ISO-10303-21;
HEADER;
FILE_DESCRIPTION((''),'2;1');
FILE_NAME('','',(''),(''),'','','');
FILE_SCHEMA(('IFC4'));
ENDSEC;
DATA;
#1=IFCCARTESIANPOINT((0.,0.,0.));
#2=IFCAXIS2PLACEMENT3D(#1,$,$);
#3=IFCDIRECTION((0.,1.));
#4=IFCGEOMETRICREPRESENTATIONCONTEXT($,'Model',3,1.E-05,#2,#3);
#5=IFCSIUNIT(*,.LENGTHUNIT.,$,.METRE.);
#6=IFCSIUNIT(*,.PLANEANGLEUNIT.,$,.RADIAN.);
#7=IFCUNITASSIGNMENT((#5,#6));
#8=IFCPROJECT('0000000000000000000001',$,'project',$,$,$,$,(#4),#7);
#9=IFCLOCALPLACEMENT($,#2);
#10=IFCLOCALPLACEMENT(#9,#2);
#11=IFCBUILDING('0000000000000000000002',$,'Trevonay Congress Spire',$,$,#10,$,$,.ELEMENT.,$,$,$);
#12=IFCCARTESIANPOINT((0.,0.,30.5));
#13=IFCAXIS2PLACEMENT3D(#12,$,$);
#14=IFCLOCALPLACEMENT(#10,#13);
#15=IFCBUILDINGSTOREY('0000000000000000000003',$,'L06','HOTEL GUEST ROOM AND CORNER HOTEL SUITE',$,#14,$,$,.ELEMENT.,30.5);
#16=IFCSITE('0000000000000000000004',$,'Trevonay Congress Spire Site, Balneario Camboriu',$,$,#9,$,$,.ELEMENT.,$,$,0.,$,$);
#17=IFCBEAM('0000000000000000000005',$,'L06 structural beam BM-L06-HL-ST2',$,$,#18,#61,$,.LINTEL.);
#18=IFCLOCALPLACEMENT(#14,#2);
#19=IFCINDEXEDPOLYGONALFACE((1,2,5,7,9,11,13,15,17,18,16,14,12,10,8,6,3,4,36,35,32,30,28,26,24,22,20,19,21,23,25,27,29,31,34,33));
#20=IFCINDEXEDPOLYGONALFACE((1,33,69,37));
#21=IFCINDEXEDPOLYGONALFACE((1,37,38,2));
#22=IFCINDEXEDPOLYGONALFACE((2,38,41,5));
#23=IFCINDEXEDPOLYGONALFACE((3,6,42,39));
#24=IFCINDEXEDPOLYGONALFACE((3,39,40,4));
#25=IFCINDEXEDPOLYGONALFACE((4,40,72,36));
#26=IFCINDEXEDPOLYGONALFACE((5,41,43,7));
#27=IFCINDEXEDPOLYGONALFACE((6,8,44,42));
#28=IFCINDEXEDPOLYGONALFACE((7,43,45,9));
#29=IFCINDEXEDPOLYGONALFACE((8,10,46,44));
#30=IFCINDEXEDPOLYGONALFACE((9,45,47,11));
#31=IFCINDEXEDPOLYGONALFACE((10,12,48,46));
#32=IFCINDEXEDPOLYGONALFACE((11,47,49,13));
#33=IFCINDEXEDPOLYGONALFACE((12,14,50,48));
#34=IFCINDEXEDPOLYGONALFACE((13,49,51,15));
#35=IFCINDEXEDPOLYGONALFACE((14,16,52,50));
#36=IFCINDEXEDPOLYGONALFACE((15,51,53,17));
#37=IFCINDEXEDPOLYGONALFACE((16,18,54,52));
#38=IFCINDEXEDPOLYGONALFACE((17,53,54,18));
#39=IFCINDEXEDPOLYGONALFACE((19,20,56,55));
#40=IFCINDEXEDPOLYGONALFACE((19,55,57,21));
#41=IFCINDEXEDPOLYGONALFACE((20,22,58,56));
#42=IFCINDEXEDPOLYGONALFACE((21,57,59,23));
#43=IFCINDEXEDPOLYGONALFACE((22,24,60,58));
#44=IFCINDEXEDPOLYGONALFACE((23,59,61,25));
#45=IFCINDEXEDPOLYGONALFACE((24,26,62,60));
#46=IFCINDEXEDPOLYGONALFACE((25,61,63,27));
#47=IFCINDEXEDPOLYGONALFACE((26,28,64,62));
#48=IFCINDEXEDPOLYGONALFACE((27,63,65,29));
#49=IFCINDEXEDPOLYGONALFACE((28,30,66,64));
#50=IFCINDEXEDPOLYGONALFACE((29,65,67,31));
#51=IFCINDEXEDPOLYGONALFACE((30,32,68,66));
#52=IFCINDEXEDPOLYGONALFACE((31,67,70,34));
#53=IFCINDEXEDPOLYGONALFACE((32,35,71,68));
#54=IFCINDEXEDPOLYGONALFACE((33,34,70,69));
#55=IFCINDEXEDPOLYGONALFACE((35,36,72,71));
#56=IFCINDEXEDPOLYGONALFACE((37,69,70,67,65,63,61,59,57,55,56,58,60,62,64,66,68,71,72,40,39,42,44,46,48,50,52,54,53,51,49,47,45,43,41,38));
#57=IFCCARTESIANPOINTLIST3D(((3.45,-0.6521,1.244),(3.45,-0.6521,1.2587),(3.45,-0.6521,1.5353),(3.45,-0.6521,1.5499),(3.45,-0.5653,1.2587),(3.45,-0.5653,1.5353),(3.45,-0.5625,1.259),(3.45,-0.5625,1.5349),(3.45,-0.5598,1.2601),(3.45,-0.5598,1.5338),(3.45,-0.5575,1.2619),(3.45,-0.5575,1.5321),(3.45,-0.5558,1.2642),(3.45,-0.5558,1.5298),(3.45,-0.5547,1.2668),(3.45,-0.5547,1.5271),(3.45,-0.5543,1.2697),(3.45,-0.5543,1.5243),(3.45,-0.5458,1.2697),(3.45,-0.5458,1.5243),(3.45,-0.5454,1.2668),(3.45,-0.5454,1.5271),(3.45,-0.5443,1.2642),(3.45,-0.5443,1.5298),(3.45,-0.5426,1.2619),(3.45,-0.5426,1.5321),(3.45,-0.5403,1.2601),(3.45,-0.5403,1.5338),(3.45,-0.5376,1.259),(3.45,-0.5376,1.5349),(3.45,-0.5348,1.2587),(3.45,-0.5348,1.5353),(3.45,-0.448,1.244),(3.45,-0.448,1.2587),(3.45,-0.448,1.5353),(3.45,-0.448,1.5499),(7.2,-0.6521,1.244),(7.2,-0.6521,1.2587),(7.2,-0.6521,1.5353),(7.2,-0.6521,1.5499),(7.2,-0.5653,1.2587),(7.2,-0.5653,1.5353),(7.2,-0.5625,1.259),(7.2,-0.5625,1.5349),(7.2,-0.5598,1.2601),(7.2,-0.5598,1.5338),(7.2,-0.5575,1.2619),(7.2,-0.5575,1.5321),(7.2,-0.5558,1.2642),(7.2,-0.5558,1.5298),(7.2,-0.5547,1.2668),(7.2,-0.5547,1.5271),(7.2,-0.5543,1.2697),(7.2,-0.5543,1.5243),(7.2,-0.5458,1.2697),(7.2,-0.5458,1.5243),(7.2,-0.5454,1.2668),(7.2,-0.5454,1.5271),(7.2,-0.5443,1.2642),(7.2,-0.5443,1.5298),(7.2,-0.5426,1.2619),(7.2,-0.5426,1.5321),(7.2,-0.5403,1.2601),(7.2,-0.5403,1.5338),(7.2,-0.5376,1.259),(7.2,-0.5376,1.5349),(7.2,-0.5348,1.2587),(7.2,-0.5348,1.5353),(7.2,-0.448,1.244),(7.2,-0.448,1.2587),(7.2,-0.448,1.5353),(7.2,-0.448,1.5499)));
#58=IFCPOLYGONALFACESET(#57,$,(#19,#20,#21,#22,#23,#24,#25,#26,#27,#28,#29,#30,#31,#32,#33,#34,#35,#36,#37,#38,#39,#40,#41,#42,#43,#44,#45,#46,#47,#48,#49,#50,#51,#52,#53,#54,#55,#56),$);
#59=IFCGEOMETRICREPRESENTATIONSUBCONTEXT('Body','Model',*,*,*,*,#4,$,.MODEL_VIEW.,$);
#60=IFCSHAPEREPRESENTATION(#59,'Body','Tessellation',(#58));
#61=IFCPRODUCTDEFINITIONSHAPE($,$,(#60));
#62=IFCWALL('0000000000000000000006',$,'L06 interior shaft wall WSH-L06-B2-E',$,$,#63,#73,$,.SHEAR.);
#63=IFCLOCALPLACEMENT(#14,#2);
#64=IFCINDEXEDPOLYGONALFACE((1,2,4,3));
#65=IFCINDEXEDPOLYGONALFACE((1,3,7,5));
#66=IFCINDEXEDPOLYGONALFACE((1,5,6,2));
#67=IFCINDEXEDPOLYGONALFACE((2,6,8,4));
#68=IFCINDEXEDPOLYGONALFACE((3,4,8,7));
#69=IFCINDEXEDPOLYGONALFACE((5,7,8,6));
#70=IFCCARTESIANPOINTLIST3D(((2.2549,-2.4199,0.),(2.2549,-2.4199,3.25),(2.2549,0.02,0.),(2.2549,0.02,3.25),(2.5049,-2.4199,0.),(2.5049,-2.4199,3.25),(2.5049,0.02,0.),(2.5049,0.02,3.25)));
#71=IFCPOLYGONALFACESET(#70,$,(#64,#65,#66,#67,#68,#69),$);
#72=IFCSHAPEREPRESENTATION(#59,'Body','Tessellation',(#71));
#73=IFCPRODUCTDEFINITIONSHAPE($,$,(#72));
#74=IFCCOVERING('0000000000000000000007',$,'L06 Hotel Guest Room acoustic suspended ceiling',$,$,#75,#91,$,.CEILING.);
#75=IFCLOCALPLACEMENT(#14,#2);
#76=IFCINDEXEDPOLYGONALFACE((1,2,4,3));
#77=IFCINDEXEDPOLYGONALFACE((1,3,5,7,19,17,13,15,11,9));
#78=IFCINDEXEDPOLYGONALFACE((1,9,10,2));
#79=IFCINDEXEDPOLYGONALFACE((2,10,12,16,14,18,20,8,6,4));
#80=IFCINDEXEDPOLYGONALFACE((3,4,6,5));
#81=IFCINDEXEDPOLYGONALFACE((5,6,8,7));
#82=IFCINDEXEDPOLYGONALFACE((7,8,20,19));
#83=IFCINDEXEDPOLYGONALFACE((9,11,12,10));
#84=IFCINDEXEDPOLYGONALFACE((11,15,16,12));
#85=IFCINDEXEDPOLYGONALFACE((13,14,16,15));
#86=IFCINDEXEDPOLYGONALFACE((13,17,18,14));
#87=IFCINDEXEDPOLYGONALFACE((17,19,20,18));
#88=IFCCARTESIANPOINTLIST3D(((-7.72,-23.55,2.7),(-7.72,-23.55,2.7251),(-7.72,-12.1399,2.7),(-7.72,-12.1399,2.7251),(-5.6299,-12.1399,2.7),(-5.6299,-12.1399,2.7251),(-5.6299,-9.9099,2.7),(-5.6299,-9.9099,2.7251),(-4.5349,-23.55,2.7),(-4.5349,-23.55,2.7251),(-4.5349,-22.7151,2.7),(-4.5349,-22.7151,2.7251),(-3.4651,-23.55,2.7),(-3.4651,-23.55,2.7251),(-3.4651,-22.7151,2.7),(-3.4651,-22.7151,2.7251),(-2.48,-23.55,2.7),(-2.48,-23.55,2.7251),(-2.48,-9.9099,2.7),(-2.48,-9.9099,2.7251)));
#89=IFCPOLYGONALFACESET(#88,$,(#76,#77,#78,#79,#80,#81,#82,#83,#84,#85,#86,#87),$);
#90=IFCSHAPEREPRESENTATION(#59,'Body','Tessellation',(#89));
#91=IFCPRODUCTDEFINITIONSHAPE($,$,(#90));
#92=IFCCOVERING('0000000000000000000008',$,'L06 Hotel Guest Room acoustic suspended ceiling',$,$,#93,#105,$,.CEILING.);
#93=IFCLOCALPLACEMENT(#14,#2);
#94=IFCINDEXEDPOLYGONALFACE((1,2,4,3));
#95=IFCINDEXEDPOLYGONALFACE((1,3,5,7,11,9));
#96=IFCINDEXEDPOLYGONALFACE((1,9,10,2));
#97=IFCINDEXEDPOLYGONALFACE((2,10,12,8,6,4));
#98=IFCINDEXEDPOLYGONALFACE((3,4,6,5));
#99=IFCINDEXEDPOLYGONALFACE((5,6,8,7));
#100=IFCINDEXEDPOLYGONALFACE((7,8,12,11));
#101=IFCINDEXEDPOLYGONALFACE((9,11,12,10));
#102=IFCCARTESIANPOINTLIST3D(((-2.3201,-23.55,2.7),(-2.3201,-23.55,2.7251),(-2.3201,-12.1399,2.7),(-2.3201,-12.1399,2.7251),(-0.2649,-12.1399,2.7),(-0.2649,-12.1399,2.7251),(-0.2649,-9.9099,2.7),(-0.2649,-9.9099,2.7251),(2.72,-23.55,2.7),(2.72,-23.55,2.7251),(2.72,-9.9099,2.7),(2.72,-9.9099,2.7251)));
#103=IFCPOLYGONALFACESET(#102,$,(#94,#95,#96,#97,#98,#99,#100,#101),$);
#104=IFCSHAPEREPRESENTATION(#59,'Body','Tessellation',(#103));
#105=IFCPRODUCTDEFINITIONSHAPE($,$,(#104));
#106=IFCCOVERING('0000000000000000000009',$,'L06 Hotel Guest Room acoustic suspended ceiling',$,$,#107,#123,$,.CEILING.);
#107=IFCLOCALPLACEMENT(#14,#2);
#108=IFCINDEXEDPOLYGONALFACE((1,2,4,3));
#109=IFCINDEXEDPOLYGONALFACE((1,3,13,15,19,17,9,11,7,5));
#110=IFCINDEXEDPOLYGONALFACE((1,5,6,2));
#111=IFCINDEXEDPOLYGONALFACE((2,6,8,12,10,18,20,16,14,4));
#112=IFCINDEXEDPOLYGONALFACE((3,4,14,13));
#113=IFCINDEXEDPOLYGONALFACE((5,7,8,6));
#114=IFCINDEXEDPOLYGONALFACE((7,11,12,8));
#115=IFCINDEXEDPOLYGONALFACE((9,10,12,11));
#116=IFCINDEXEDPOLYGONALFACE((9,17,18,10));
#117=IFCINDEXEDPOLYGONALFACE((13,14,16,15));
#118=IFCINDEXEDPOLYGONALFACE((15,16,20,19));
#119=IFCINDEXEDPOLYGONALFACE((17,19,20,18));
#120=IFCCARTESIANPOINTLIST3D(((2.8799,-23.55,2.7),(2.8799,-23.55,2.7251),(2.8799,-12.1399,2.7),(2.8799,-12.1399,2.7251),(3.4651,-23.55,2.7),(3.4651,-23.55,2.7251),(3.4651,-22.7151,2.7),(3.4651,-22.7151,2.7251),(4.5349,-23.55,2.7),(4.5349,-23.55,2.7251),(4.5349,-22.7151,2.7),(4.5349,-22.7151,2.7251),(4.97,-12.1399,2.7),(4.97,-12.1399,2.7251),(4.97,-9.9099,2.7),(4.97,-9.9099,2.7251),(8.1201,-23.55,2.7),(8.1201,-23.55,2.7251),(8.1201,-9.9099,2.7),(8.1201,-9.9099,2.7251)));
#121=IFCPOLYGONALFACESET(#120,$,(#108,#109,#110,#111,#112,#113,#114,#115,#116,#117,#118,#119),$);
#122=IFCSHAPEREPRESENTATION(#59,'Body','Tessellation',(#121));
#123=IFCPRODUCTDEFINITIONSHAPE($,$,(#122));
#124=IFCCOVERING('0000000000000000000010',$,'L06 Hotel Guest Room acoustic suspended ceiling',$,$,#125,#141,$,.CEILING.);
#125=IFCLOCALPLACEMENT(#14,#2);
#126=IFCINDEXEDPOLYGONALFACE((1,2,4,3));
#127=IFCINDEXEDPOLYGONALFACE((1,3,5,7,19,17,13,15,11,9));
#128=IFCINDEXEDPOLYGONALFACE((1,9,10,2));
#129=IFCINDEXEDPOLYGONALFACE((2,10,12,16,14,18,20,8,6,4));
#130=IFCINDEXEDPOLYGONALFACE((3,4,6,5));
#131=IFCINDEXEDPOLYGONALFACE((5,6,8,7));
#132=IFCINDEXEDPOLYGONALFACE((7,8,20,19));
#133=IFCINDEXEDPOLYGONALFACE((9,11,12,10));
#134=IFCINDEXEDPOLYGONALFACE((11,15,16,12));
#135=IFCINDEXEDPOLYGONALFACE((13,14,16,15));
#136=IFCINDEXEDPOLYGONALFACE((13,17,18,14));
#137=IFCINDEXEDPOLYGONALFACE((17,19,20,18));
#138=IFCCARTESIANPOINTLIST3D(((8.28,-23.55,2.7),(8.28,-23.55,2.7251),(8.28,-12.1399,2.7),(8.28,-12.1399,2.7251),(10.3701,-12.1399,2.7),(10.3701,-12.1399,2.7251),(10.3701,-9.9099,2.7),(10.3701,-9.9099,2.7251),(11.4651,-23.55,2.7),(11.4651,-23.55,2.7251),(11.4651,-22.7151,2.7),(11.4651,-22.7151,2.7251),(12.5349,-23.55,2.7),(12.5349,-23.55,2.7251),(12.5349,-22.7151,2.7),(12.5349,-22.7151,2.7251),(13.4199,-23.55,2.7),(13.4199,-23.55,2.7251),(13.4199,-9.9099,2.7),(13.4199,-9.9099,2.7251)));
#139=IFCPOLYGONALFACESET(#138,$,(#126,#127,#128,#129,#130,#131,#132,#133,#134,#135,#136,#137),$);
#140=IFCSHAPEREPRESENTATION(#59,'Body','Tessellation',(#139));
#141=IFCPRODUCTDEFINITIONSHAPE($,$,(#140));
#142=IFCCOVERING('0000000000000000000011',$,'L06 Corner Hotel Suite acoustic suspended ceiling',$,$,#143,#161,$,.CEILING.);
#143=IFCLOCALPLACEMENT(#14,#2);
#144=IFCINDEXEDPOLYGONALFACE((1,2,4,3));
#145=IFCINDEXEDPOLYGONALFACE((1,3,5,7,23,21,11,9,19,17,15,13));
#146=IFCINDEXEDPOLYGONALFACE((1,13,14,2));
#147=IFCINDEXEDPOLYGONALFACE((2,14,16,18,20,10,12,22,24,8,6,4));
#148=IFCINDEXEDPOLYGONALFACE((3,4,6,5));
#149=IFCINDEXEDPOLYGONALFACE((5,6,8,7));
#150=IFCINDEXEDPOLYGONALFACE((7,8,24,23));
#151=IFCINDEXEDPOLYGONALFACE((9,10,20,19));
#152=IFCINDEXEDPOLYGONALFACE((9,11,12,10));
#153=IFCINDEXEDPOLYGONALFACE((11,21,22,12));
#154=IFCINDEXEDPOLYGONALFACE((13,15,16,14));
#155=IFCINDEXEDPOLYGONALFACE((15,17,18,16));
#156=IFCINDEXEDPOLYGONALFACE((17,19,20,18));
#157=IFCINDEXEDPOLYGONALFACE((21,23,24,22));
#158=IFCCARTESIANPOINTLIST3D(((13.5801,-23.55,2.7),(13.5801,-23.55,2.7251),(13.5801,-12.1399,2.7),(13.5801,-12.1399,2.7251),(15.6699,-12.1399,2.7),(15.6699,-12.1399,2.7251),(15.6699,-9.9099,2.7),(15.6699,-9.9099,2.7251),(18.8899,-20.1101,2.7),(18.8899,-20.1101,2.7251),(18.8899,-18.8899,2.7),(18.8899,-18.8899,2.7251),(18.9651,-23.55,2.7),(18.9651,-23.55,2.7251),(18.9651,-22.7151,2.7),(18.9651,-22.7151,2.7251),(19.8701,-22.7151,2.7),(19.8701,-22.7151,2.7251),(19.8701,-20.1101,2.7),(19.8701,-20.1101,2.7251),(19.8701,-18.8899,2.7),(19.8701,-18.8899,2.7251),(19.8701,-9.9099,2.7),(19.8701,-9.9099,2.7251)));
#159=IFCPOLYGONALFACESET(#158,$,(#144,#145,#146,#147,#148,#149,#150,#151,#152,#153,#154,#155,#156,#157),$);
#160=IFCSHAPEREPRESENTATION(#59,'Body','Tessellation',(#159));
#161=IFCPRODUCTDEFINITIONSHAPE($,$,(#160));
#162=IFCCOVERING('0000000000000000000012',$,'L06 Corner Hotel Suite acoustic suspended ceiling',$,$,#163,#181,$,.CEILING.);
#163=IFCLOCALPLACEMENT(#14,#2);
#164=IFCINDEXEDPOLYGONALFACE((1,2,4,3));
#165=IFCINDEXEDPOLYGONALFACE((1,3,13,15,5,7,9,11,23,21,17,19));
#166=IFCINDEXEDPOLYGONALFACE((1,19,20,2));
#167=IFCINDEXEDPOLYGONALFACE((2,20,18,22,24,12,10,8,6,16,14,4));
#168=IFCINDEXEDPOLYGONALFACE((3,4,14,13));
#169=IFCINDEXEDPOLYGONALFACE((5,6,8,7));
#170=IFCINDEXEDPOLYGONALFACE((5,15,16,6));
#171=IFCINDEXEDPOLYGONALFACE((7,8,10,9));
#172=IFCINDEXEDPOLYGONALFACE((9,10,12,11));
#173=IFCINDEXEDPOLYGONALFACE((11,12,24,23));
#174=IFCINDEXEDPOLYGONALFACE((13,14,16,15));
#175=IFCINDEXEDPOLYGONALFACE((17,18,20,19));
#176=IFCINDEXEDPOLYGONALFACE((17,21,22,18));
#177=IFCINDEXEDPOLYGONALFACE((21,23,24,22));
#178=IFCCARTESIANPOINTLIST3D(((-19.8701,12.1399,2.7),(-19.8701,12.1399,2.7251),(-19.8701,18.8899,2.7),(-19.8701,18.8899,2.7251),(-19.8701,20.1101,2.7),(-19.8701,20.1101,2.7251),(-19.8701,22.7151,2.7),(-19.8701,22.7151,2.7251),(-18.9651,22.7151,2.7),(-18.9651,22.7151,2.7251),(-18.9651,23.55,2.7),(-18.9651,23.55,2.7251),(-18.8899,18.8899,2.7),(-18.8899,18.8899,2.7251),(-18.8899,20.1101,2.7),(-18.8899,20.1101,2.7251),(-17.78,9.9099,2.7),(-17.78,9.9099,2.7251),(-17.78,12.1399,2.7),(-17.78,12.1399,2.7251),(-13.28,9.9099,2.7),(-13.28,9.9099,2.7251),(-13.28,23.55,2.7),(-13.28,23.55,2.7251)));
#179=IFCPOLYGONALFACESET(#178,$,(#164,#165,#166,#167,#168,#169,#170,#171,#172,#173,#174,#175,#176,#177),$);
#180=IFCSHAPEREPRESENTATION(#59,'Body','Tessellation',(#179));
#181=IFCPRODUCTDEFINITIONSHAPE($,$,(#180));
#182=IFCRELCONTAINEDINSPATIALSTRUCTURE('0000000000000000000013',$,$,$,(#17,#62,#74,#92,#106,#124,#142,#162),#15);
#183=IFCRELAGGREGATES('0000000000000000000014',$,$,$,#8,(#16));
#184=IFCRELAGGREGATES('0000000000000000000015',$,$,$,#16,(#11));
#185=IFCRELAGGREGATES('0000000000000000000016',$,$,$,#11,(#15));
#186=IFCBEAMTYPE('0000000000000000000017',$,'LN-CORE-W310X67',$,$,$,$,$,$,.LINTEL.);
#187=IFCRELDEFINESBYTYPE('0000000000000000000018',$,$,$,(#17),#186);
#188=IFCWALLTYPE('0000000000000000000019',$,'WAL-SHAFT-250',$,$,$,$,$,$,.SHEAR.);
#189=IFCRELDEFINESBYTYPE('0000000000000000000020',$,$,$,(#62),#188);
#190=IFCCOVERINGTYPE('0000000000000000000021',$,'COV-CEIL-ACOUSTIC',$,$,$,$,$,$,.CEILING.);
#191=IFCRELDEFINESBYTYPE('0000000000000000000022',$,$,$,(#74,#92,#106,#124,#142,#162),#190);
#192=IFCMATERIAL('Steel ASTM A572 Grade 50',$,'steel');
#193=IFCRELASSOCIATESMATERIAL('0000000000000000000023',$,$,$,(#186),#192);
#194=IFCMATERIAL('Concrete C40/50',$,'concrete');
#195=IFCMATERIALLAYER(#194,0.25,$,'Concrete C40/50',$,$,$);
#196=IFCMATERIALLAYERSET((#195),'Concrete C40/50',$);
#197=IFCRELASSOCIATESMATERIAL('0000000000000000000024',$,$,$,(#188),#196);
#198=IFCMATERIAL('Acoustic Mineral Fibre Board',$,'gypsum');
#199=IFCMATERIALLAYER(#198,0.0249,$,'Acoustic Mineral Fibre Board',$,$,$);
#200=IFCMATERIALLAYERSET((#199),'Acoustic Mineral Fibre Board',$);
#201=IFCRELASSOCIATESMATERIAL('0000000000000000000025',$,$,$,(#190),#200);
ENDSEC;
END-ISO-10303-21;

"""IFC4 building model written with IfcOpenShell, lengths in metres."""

from ifc_helpers import new_model, si_unit, direction, frame, frame_2d, origin, origin_2d, place, context, subcontext, project, spatial, polyline, rectangle, i_section, outline, extrude, material, layer, layer_set, material_profile, profile_set, type_object, element, save


model = new_model("IFC4")

# Units and contexts
model_context = context("Model", 3, precision=1e-05, world=origin(), true_north=direction((0.0, 1.0)))
body_context = subcontext(model_context, "Body", "Model", "MODEL_VIEW")
ifc_project = project(units=[si_unit("LENGTHUNIT", "METRE"), si_unit("PLANEANGLEUNIT", "RADIAN")], contexts=[model_context])

# Site, building, storey
site_placement = place(None, origin())
site = spatial("IfcSite", under=ifc_project, at=site_placement, Name="Trevonay Congress Spire Site, Balneario Camboriu", CompositionType="ELEMENT", RefElevation=0.0)
building_placement = place(site_placement, origin())
building = spatial("IfcBuilding", under=site, at=building_placement, Name="Trevonay Congress Spire", CompositionType="ELEMENT")
storey_placement = place(building_placement, frame((0.0, 0.0, 30.5)))
storey = spatial("IfcBuildingStorey", under=building, at=storey_placement, Name="L06", Description="HOTEL GUEST ROOM AND CORNER HOTEL SUITE", CompositionType="ELEMENT", Elevation=30.5)

# Beam
ifc_material_1 = material(Name="Steel ASTM A572 Grade 50", Category="steel")
ifc_material_profile = material_profile(ifc_material_1, i_section(OverallWidth=0.2041, OverallDepth=0.3059, WebThickness=0.0085, FlangeThickness=0.0146, FilletRadius=0.011, at=origin_2d()), Name="W310x67")
ifc_profile_set = profile_set([ifc_material_profile], Name="Steel ASTM A572 Grade 50")
beam_type = type_object("IfcBeamType", Name="LN-CORE-W310X67", PredefinedType="LINTEL", material=ifc_profile_set)
beam_placement = place(storey_placement, frame((3.45, -0.55, 1.397), z_axis=(1.0, 0.0, 0.0), x_axis=(0.0, 1.0, 0.0)))
element("IfcBeam", 1, at=beam_placement, inside=storey, type_object=beam_type, Name="L06 structural beam BM-L06-HL-ST2", PredefinedType="LINTEL", context=body_context, shape_type="SweptSolid", body=[
    extrude(i_section(OverallWidth=0.2041, OverallDepth=0.3059, WebThickness=0.0085, FlangeThickness=0.0146, FilletRadius=0.011, at=origin_2d()), origin(), (0.0, 0.0, 1.0), 3.75),
])

# Wall
ifc_material_2 = material(Name="Concrete C40/50", Category="concrete")
ifc_layer_1 = layer(ifc_material_2, 0.25, Name="Concrete C40/50")
ifc_layer_set_1 = layer_set([ifc_layer_1], Name="Concrete C40/50")
wall_type = type_object("IfcWallType", Name="WAL-SHAFT-250", PredefinedType="SHEAR", material=ifc_layer_set_1)
wall_placement = place(storey_placement, frame((2.3799, -2.4199, 0.0), z_axis=(0.0, 0.0, 1.0), x_axis=(0.0, 1.0, 0.0)))
element("IfcWall", 2, at=wall_placement, inside=storey, type_object=wall_type, Name="L06 interior shaft wall WSH-L06-B2-E", PredefinedType="SHEAR", context=body_context, shape_type="SweptSolid", body=[
    extrude(rectangle(XDim=2.4399, YDim=0.25, at=frame_2d((1.22, 0.0))), origin(), (0.0, 0.0, 1.0), 3.25),
])

# Coverings
ifc_material_3 = material(Name="Acoustic Mineral Fibre Board", Category="gypsum")
ifc_layer_2 = layer(ifc_material_3, 0.0249, Name="Acoustic Mineral Fibre Board")
ifc_layer_set_2 = layer_set([ifc_layer_2], Name="Acoustic Mineral Fibre Board")
covering_type_1 = type_object("IfcCoveringType", Name="COV-CEIL-ACOUSTIC", PredefinedType="CEILING", material=ifc_layer_set_2)
covering_1_placement = place(storey_placement, frame((0.0, 0.0, 2.7)))
element("IfcCovering", 3, at=covering_1_placement, inside=storey, type_object=covering_type_1, Name="L06 Hotel Guest Room acoustic suspended ceiling", PredefinedType="CEILING", context=body_context, shape_type="SweptSolid", body=[
    extrude(outline(polyline([(-7.72, -23.55), (-7.72, -12.1399), (-5.6299, -12.1399), (-5.6299, -9.9099), (-2.48, -9.9099), (-2.48, -23.55), (-3.4651, -23.55), (-3.4651, -22.7151), (-4.5349, -22.7151), (-4.5349, -23.55), (-7.72, -23.55)])), origin(), (0.0, 0.0, 1.0), 0.0251),
])
covering_2_placement = place(storey_placement, frame((0.0, 0.0, 2.7)))
element("IfcCovering", 4, at=covering_2_placement, inside=storey, type_object=covering_type_1, Name="L06 Hotel Guest Room acoustic suspended ceiling", PredefinedType="CEILING", context=body_context, shape_type="SweptSolid", body=[
    extrude(outline(polyline([(-2.3201, -23.55), (2.72, -23.55), (2.72, -9.9099), (-0.2649, -9.9099), (-0.2649, -12.1399), (-2.3201, -12.1399), (-2.3201, -23.55)])), origin(), (0.0, 0.0, 1.0), 0.0251),
])
covering_3_placement = place(storey_placement, frame((0.0, 0.0, 2.7)))
element("IfcCovering", 5, at=covering_3_placement, inside=storey, type_object=covering_type_1, Name="L06 Hotel Guest Room acoustic suspended ceiling", PredefinedType="CEILING", context=body_context, shape_type="SweptSolid", body=[
    extrude(outline(polyline([(2.8799, -23.55), (2.8799, -12.1399), (4.97, -12.1399), (4.97, -9.9099), (8.1201, -9.9099), (8.1201, -23.55), (4.5349, -23.55), (4.5349, -22.7151), (3.4651, -22.7151), (3.4651, -23.55), (2.8799, -23.55)])), origin(), (0.0, 0.0, 1.0), 0.0251),
])
covering_4_placement = place(storey_placement, frame((0.0, 0.0, 2.7)))
element("IfcCovering", 6, at=covering_4_placement, inside=storey, type_object=covering_type_1, Name="L06 Hotel Guest Room acoustic suspended ceiling", PredefinedType="CEILING", context=body_context, shape_type="SweptSolid", body=[
    extrude(outline(polyline([(8.28, -23.55), (8.28, -12.1399), (10.3701, -12.1399), (10.3701, -9.9099), (13.4199, -9.9099), (13.4199, -23.55), (12.5349, -23.55), (12.5349, -22.7151), (11.4651, -22.7151), (11.4651, -23.55), (8.28, -23.55)])), origin(), (0.0, 0.0, 1.0), 0.0251),
])
covering_5_placement = place(storey_placement, frame((0.0, 0.0, 2.7)))
element("IfcCovering", 7, at=covering_5_placement, inside=storey, type_object=covering_type_1, Name="L06 Corner Hotel Suite acoustic suspended ceiling", PredefinedType="CEILING", context=body_context, shape_type="SweptSolid", body=[
    extrude(outline(polyline([(13.5801, -23.55), (13.5801, -12.1399), (15.6699, -12.1399), (15.6699, -9.9099), (19.8701, -9.9099), (19.8701, -18.8899), (18.8899, -18.8899), (18.8899, -20.1101), (19.8701, -20.1101), (19.8701, -22.7151), (18.9651, -22.7151), (18.9651, -23.55), (13.5801, -23.55)])), origin(), (0.0, 0.0, 1.0), 0.0251),
])
covering_6_placement = place(storey_placement, frame((0.0, 0.0, 2.7)))
element("IfcCovering", 8, at=covering_6_placement, inside=storey, type_object=covering_type_1, Name="L06 Corner Hotel Suite acoustic suspended ceiling", PredefinedType="CEILING", context=body_context, shape_type="SweptSolid", body=[
    extrude(outline(polyline([(-13.28, 23.55), (-13.28, 9.9099), (-17.78, 9.9099), (-17.78, 12.1399), (-19.8701, 12.1399), (-19.8701, 18.8899), (-18.8899, 18.8899), (-18.8899, 20.1101), (-19.8701, 20.1101), (-19.8701, 22.7151), (-18.9651, 22.7151), (-18.9651, 23.55), (-13.28, 23.55)])), origin(), (0.0, 0.0, 1.0), 0.0251),
])

save(model, "model.ifc")
